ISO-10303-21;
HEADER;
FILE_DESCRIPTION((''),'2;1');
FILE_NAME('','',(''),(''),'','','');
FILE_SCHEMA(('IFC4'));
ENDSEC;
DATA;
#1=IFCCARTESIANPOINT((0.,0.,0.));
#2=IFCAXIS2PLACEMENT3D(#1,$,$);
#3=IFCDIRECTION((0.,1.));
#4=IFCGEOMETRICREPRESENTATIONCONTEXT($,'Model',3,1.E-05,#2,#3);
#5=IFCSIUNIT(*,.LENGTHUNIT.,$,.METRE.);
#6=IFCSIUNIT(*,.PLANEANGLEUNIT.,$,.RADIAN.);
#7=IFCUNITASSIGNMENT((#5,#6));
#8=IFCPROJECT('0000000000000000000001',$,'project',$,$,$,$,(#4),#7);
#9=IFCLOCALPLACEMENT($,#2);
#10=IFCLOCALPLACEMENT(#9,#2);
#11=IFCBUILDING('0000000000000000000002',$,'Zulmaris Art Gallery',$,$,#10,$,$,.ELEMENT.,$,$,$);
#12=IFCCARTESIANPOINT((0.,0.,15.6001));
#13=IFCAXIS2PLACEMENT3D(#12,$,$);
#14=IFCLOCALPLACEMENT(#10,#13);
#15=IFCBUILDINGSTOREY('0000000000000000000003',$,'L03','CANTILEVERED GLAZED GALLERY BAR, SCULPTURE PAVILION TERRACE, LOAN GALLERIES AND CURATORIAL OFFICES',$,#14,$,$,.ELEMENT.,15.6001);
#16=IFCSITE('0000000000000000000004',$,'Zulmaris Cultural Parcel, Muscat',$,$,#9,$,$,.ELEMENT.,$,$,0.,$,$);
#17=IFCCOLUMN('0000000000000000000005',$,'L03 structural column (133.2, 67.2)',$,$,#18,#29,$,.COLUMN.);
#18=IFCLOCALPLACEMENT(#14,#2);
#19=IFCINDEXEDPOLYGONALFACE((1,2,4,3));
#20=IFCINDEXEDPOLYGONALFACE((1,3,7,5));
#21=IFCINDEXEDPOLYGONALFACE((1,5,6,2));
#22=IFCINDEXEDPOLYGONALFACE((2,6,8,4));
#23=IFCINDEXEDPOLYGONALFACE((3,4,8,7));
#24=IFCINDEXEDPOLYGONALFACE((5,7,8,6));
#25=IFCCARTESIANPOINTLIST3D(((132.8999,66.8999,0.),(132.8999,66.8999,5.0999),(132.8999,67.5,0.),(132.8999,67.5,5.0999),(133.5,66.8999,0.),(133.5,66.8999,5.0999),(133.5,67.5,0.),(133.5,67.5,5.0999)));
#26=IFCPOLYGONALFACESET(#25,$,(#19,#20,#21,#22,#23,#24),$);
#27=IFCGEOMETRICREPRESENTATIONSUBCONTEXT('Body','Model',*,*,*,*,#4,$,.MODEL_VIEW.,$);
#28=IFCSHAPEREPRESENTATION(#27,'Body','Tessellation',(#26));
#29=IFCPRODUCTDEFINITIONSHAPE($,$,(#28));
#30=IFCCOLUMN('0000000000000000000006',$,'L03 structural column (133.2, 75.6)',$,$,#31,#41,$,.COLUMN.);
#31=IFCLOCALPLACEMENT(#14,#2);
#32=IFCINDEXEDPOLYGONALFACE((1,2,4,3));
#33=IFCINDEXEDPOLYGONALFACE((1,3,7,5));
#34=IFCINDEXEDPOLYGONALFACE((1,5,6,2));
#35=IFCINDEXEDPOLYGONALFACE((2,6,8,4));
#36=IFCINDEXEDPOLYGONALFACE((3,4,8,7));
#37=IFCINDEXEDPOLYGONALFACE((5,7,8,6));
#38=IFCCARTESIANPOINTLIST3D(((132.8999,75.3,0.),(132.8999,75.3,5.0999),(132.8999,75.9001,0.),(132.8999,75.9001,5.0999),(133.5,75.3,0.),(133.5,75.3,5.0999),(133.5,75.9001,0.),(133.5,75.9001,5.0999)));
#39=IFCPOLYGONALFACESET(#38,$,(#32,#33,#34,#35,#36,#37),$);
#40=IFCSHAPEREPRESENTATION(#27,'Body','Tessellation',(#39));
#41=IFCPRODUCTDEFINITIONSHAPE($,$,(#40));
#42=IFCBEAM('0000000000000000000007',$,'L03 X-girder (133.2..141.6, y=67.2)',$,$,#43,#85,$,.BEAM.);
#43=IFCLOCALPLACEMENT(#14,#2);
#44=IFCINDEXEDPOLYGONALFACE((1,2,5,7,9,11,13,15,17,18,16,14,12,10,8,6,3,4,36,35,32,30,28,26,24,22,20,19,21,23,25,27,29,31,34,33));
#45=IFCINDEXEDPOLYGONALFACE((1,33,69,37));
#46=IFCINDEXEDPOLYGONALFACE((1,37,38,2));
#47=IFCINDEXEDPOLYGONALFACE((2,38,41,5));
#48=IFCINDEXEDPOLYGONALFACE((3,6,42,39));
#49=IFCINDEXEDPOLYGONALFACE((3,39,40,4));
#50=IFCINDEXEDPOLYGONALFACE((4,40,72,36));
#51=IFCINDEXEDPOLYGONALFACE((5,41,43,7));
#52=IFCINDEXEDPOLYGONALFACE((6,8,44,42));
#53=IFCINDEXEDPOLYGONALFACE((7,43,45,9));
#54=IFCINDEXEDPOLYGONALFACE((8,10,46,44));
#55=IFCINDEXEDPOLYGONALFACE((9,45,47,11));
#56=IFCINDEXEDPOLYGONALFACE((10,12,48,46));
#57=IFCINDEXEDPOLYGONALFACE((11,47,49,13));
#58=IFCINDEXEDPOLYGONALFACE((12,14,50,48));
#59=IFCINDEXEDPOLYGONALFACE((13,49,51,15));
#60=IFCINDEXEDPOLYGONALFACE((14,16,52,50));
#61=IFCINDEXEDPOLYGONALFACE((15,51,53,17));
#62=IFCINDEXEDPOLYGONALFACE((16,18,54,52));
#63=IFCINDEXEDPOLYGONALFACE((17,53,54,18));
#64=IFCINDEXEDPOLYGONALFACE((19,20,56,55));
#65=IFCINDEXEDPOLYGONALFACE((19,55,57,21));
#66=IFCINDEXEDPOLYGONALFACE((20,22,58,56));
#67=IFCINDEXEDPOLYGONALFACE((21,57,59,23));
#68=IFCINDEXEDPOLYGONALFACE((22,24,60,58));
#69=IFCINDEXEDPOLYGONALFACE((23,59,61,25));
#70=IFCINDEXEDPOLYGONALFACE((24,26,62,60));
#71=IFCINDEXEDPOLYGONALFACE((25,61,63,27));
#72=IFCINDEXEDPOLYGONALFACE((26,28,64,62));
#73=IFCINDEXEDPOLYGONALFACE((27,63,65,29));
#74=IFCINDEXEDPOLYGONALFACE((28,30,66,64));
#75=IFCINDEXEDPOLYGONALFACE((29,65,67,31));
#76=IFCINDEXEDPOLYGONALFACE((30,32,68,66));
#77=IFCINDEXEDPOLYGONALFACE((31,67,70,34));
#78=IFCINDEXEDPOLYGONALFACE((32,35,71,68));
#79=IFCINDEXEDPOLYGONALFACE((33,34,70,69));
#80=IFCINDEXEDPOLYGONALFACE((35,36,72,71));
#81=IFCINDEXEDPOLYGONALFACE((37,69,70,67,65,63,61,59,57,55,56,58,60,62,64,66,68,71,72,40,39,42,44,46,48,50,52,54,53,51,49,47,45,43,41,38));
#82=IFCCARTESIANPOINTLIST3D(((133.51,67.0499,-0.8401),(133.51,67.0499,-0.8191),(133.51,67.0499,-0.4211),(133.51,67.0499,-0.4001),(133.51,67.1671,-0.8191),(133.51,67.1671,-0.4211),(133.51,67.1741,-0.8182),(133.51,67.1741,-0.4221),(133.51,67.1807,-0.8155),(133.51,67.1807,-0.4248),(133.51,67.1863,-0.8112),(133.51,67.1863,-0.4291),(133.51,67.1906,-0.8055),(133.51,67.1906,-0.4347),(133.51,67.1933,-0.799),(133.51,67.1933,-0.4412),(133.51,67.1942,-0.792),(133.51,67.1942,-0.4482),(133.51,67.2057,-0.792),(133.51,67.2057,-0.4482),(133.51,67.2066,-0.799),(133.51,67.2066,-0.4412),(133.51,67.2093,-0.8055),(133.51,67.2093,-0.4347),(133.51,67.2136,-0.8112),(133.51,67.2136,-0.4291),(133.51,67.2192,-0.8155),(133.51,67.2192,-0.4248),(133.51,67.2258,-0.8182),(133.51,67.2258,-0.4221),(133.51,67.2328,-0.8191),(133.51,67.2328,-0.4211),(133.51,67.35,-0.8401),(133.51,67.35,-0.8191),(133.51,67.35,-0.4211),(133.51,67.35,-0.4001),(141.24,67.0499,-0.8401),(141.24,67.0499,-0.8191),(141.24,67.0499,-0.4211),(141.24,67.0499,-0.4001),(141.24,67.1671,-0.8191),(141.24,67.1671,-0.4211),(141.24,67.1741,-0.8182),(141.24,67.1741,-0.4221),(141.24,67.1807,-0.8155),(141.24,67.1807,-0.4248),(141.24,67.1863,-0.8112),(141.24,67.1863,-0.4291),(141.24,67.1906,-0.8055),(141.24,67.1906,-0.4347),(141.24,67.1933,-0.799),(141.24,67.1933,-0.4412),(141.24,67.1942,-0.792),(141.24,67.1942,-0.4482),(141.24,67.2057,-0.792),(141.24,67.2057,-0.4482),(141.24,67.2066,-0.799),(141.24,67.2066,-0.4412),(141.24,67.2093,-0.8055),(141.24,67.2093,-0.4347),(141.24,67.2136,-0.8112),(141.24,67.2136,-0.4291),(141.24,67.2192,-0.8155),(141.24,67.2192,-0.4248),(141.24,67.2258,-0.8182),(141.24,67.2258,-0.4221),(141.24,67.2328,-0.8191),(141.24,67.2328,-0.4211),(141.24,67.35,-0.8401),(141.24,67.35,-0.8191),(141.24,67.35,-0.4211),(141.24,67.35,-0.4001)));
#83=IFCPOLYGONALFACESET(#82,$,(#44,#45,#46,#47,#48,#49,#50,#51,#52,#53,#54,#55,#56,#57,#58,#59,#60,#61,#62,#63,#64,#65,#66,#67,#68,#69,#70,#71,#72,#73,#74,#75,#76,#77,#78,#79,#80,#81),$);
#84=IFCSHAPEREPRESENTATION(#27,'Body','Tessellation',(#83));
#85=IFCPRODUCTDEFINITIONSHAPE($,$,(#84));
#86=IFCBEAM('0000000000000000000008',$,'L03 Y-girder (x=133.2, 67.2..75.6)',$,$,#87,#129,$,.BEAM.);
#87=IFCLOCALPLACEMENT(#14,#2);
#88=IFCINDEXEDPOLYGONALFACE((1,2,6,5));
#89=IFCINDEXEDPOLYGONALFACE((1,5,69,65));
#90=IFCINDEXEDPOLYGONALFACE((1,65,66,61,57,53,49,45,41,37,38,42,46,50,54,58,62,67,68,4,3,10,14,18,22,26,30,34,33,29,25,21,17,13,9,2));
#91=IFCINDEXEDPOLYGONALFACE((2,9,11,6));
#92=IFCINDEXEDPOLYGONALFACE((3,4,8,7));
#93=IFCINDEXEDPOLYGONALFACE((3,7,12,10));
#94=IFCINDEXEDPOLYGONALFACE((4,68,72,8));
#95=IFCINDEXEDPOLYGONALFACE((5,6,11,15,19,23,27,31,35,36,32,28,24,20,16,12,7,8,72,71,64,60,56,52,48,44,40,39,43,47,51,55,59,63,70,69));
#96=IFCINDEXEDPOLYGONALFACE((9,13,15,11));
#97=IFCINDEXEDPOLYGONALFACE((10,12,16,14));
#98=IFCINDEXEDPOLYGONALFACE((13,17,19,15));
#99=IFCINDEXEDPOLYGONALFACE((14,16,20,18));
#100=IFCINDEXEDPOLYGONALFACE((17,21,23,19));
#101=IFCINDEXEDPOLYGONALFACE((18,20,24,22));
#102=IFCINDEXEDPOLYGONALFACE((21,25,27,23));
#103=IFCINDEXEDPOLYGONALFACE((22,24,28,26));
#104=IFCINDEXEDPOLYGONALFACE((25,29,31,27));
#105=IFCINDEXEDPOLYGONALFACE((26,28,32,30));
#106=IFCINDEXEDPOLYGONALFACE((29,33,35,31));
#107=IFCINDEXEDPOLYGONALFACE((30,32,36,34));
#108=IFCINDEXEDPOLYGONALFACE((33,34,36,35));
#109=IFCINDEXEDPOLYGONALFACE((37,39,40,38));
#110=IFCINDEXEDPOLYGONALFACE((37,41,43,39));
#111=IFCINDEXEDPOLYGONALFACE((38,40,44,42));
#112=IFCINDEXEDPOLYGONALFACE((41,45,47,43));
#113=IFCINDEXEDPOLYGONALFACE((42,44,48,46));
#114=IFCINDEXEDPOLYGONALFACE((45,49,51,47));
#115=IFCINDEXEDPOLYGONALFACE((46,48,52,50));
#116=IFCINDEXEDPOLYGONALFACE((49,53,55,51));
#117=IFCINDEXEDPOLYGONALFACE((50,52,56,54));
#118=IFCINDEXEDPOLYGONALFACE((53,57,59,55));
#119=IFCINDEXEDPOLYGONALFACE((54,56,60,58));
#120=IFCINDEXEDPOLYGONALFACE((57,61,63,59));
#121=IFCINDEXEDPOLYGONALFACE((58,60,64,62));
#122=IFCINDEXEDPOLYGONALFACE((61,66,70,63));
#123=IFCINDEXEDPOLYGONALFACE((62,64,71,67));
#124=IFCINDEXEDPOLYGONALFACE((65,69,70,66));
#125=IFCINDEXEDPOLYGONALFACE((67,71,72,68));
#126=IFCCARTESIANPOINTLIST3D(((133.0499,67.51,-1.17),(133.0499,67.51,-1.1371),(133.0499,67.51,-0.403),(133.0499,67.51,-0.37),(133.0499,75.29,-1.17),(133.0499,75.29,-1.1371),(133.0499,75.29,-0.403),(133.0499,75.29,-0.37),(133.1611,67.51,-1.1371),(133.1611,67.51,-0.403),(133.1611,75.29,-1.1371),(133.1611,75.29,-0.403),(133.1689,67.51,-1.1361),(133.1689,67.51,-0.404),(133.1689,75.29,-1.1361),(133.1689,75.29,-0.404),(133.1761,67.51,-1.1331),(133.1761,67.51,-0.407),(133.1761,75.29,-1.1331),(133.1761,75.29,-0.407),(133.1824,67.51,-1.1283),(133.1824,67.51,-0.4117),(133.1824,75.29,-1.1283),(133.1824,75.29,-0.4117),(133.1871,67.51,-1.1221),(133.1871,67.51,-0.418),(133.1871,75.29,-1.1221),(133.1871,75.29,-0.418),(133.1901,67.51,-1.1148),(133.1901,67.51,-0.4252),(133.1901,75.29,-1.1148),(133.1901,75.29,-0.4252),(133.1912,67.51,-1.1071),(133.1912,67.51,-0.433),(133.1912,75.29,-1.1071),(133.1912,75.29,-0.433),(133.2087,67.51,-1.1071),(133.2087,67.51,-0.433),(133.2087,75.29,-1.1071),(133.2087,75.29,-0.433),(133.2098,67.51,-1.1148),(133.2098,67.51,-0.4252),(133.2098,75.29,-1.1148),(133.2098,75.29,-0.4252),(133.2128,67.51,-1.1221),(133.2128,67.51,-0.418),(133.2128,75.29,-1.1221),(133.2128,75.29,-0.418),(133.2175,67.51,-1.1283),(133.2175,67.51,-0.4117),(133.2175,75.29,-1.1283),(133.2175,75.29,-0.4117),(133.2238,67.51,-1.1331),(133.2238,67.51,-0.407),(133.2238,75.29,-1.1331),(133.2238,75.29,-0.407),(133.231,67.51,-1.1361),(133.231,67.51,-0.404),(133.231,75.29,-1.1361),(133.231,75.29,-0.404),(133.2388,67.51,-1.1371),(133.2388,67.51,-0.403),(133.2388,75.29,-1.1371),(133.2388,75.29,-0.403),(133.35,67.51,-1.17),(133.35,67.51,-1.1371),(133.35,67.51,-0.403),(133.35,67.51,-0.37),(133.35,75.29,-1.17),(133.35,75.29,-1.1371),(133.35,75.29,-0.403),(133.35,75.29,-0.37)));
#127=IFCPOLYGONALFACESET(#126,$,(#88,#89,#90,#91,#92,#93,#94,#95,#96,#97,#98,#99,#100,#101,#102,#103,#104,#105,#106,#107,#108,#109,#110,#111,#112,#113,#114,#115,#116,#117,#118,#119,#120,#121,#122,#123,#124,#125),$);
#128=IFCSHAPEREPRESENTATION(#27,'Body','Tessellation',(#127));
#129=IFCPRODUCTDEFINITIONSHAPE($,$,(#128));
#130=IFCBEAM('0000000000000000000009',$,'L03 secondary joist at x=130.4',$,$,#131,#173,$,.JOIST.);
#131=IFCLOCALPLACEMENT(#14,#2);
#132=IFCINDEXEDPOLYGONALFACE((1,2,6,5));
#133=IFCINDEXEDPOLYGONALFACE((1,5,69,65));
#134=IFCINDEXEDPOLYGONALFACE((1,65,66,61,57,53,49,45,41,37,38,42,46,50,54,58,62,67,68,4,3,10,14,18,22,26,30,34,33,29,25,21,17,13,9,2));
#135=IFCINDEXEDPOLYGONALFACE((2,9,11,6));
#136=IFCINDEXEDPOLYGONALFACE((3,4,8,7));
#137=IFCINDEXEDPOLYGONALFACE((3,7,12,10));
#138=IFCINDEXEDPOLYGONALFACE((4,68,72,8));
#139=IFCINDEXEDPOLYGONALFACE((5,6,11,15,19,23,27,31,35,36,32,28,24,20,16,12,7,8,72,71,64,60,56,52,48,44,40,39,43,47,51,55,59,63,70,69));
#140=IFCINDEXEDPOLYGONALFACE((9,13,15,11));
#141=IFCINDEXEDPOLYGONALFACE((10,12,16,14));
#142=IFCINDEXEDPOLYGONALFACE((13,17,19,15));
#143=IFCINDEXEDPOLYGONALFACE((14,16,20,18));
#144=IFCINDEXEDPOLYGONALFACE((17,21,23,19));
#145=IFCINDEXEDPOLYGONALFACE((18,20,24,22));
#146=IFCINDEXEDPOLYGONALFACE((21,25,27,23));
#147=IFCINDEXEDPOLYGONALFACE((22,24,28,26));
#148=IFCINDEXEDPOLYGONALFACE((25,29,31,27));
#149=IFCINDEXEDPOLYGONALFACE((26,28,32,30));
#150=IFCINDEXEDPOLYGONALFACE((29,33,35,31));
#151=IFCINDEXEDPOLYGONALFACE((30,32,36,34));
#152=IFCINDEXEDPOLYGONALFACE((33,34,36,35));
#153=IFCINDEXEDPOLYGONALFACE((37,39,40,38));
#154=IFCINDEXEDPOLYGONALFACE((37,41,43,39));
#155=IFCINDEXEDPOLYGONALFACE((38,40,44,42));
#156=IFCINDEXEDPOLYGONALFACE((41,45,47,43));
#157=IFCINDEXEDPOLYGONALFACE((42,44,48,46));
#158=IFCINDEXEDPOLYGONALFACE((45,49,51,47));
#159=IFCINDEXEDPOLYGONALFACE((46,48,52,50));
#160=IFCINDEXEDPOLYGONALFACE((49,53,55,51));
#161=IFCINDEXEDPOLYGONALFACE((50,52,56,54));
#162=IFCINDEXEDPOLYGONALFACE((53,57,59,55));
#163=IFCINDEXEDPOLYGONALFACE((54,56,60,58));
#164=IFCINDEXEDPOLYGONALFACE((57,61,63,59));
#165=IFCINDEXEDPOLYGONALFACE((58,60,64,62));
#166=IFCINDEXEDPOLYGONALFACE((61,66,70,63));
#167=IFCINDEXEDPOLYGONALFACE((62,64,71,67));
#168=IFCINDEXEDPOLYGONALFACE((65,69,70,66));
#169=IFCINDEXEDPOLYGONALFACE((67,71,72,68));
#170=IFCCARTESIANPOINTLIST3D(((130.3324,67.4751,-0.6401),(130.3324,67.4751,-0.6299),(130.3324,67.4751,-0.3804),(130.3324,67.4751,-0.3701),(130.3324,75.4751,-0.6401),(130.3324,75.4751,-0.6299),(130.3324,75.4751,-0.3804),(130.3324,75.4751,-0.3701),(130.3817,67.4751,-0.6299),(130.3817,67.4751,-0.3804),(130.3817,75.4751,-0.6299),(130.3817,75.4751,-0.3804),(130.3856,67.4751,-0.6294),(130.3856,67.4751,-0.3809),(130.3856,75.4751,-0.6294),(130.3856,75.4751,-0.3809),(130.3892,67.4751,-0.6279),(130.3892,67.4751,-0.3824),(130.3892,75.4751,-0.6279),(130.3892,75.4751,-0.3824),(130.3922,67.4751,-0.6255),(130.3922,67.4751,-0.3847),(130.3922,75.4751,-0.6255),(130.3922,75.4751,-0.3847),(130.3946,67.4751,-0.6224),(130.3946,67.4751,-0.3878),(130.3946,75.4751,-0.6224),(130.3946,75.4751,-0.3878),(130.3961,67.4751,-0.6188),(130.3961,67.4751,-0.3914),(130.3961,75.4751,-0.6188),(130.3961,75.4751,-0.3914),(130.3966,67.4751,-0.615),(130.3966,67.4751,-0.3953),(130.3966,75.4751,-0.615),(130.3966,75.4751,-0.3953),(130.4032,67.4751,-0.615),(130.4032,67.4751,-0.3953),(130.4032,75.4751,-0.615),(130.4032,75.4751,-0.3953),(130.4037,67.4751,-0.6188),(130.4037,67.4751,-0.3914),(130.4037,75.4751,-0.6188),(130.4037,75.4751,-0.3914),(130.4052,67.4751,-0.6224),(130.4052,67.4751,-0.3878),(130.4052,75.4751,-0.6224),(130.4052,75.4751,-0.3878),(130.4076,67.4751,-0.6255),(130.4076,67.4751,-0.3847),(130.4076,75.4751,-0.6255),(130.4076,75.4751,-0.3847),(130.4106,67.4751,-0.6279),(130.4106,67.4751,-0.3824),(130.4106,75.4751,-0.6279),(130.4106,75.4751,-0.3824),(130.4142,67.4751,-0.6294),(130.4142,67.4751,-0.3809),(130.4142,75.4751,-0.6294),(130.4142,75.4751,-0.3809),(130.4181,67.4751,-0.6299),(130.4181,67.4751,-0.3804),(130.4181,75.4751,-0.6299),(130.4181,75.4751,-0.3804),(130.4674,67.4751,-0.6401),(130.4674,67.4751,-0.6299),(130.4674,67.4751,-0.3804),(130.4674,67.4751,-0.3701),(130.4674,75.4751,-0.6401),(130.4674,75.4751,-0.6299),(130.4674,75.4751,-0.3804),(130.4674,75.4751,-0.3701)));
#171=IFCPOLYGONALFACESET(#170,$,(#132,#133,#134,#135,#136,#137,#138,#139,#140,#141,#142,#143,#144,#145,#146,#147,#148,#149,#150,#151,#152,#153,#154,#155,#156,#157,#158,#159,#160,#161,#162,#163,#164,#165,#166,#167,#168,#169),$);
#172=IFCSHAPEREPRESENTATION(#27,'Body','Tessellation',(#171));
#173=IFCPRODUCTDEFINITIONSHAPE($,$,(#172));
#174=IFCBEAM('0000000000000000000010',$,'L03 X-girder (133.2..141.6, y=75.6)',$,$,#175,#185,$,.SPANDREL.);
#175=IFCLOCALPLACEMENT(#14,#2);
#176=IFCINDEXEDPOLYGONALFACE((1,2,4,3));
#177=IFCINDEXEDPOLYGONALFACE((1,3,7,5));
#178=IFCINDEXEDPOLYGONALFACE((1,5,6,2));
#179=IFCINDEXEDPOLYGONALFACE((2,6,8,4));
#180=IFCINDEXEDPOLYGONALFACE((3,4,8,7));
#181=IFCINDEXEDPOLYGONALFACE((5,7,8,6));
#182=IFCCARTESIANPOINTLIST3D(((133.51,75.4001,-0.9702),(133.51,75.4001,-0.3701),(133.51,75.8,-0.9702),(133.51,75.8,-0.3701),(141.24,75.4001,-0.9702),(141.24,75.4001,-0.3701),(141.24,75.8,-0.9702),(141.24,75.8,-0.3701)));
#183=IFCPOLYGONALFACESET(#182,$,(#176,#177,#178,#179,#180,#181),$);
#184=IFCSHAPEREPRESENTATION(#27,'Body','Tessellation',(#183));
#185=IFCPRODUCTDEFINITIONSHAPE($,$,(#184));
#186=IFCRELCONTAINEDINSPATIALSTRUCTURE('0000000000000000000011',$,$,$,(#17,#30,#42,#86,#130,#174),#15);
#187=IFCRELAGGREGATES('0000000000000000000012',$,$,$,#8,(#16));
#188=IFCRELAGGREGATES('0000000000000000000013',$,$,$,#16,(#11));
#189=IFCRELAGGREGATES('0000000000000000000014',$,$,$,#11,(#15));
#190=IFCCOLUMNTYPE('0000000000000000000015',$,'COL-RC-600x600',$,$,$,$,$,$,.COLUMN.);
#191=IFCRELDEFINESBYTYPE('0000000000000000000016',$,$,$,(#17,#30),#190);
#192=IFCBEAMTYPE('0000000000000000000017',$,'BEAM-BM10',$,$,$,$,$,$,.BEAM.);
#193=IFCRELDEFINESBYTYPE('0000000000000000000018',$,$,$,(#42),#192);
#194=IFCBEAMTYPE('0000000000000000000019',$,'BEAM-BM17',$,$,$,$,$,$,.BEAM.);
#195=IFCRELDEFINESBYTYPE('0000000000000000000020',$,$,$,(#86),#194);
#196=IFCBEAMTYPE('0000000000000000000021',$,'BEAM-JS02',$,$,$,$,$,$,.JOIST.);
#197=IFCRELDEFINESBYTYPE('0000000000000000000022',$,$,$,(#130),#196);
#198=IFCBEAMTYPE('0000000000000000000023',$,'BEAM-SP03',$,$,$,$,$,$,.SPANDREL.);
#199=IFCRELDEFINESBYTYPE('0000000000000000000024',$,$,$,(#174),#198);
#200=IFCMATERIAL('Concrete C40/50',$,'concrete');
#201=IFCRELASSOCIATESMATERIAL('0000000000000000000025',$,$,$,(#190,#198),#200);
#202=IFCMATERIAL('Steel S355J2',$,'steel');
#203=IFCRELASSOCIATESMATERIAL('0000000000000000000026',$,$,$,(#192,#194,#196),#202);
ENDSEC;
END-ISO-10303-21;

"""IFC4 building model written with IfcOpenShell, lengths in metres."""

from ifc_helpers import new_model, si_unit, direction, frame, origin, origin_2d, place, context, subcontext, project, spatial, rectangle, i_section, extrude, material, material_profile, profile_set, type_object, element, save


model = new_model("IFC4")

# Units and contexts
model_context = context("Model", 3, precision=1e-05, world=origin(), true_north=direction((0.0, 1.0)))
body_context = subcontext(model_context, "Body", "Model", "MODEL_VIEW")
ifc_project = project(units=[si_unit("LENGTHUNIT", "METRE"), si_unit("PLANEANGLEUNIT", "RADIAN")], contexts=[model_context])

# Site, building, storey
site_placement = place(None, origin())
site = spatial("IfcSite", under=ifc_project, at=site_placement, Name="Zulmaris Cultural Parcel, Muscat", CompositionType="ELEMENT", RefElevation=0.0)
building_placement = place(site_placement, origin())
building = spatial("IfcBuilding", under=site, at=building_placement, Name="Zulmaris Art Gallery", CompositionType="ELEMENT")
storey_placement = place(building_placement, frame((0.0, 0.0, 15.6001)))
storey = spatial("IfcBuildingStorey", under=building, at=storey_placement, Name="L03", Description="CANTILEVERED GLAZED GALLERY BAR, SCULPTURE PAVILION TERRACE, LOAN GALLERIES AND CURATORIAL OFFICES", CompositionType="ELEMENT", Elevation=15.6001)

# Columns
ifc_material_1 = material(Name="Concrete C40/50", Category="concrete")
ifc_material_profile_1 = material_profile(ifc_material_1, rectangle(XDim=0.6001, YDim=0.6001, at=origin_2d()), Name="RC 600x600")
ifc_profile_set_1 = profile_set([ifc_material_profile_1], Name="Concrete C40/50")
column_type = type_object("IfcColumnType", Name="COL-RC-600x600", PredefinedType="COLUMN", material=ifc_profile_set_1)
for number, where, z_axis, x_axis, name in (
    (1, (133.2, 67.2, 0.0), (0.0, 0.0, 1.0), (1.0, 0.0, 0.0), "L03 structural column (133.2, 67.2)"),
    (2, (133.2, 75.6001, 0.0), (0.0, 0.0, 1.0), (1.0, 0.0, 0.0), "L03 structural column (133.2, 75.6)"),
):
    element("IfcColumn", number, at=place(storey_placement, frame(where, z_axis=z_axis, x_axis=x_axis)), inside=storey, type_object=column_type, Name=name, PredefinedType="COLUMN", context=body_context, shape_type="SweptSolid", body=[
        extrude(rectangle(XDim=0.6001, YDim=0.6001, at=origin_2d()), origin(), (0.0, 0.0, 1.0), 5.0999),
    ])

# Beams
ifc_material_2 = material(Name="Steel S355J2", Category="steel")
ifc_material_profile_2 = material_profile(ifc_material_2, i_section(OverallWidth=0.3, OverallDepth=0.4399, WebThickness=0.0115, FlangeThickness=0.021, FilletRadius=0.0271, at=origin_2d()), Name="HEA 450")
ifc_profile_set_2 = profile_set([ifc_material_profile_2], Name="Steel S355J2")
beam_type_1 = type_object("IfcBeamType", Name="BEAM-BM10", PredefinedType="BEAM", material=ifc_profile_set_2)
beam_1_placement = place(storey_placement, frame((133.51, 67.2, -0.6201), z_axis=(1.0, 0.0, 0.0), x_axis=(0.0, 1.0, 0.0)))
element("IfcBeam", 3, at=beam_1_placement, inside=storey, type_object=beam_type_1, Name="L03 X-girder (133.2..141.6, y=67.2)", PredefinedType="BEAM", context=body_context, shape_type="SweptSolid", body=[
    extrude(i_section(OverallWidth=0.3, OverallDepth=0.4399, WebThickness=0.0115, FlangeThickness=0.021, FilletRadius=0.0271, at=origin_2d()), origin(), (0.0, 0.0, 1.0), 7.73),
])
ifc_material_profile_3 = material_profile(ifc_material_2, i_section(OverallWidth=0.3, OverallDepth=0.8, WebThickness=0.0176, FlangeThickness=0.033, FilletRadius=0.03, at=origin_2d()), Name="HEB 800")
ifc_profile_set_3 = profile_set([ifc_material_profile_3], Name="Steel S355J2")
beam_type_2 = type_object("IfcBeamType", Name="BEAM-BM17", PredefinedType="BEAM", material=ifc_profile_set_3)
beam_2_placement = place(storey_placement, frame((133.2, 67.51, -0.77), z_axis=(0.0, 1.0, 0.0), x_axis=(-1.0, 0.0, 0.0)))
element("IfcBeam", 4, at=beam_2_placement, inside=storey, type_object=beam_type_2, Name="L03 Y-girder (x=133.2, 67.2..75.6)", PredefinedType="BEAM", context=body_context, shape_type="SweptSolid", body=[
    extrude(i_section(OverallWidth=0.3, OverallDepth=0.8, WebThickness=0.0176, FlangeThickness=0.033, FilletRadius=0.03, at=origin_2d()), origin(), (0.0, 0.0, 1.0), 7.78),
])
ifc_material_profile_4 = material_profile(ifc_material_2, i_section(OverallWidth=0.135, OverallDepth=0.27, WebThickness=0.0066, FlangeThickness=0.0103, FilletRadius=0.0149, at=origin_2d()), Name="IPE 270")
ifc_profile_set_4 = profile_set([ifc_material_profile_4], Name="Steel S355J2")
beam_type_3 = type_object("IfcBeamType", Name="BEAM-JS02", PredefinedType="JOIST", material=ifc_profile_set_4)
beam_3_placement = place(storey_placement, frame((130.3999, 67.4751, -0.5051), z_axis=(0.0, 1.0, 0.0), x_axis=(-1.0, 0.0, 0.0)))
element("IfcBeam", 5, at=beam_3_placement, inside=storey, type_object=beam_type_3, Name="L03 secondary joist at x=130.4", PredefinedType="JOIST", context=body_context, shape_type="SweptSolid", body=[
    extrude(i_section(OverallWidth=0.135, OverallDepth=0.27, WebThickness=0.0066, FlangeThickness=0.0103, FilletRadius=0.0149, at=origin_2d()), origin(), (0.0, 0.0, 1.0), 8.0),
])
ifc_material_profile_5 = material_profile(ifc_material_1, rectangle(XDim=0.3999, YDim=0.6001, at=origin_2d()), Name="RC 400x600")
ifc_profile_set_5 = profile_set([ifc_material_profile_5], Name="Concrete C40/50")
beam_type_4 = type_object("IfcBeamType", Name="BEAM-SP03", PredefinedType="SPANDREL", material=ifc_profile_set_5)
beam_4_placement = place(storey_placement, frame((133.51, 75.6001, -0.6702), z_axis=(1.0, 0.0, 0.0), x_axis=(0.0, 1.0, 0.0)))
element("IfcBeam", 6, at=beam_4_placement, inside=storey, type_object=beam_type_4, Name="L03 X-girder (133.2..141.6, y=75.6)", PredefinedType="SPANDREL", context=body_context, shape_type="SweptSolid", body=[
    extrude(rectangle(XDim=0.3999, YDim=0.6001, at=origin_2d()), origin(), (0.0, 0.0, 1.0), 7.73),
])

save(model, "model.ifc")
